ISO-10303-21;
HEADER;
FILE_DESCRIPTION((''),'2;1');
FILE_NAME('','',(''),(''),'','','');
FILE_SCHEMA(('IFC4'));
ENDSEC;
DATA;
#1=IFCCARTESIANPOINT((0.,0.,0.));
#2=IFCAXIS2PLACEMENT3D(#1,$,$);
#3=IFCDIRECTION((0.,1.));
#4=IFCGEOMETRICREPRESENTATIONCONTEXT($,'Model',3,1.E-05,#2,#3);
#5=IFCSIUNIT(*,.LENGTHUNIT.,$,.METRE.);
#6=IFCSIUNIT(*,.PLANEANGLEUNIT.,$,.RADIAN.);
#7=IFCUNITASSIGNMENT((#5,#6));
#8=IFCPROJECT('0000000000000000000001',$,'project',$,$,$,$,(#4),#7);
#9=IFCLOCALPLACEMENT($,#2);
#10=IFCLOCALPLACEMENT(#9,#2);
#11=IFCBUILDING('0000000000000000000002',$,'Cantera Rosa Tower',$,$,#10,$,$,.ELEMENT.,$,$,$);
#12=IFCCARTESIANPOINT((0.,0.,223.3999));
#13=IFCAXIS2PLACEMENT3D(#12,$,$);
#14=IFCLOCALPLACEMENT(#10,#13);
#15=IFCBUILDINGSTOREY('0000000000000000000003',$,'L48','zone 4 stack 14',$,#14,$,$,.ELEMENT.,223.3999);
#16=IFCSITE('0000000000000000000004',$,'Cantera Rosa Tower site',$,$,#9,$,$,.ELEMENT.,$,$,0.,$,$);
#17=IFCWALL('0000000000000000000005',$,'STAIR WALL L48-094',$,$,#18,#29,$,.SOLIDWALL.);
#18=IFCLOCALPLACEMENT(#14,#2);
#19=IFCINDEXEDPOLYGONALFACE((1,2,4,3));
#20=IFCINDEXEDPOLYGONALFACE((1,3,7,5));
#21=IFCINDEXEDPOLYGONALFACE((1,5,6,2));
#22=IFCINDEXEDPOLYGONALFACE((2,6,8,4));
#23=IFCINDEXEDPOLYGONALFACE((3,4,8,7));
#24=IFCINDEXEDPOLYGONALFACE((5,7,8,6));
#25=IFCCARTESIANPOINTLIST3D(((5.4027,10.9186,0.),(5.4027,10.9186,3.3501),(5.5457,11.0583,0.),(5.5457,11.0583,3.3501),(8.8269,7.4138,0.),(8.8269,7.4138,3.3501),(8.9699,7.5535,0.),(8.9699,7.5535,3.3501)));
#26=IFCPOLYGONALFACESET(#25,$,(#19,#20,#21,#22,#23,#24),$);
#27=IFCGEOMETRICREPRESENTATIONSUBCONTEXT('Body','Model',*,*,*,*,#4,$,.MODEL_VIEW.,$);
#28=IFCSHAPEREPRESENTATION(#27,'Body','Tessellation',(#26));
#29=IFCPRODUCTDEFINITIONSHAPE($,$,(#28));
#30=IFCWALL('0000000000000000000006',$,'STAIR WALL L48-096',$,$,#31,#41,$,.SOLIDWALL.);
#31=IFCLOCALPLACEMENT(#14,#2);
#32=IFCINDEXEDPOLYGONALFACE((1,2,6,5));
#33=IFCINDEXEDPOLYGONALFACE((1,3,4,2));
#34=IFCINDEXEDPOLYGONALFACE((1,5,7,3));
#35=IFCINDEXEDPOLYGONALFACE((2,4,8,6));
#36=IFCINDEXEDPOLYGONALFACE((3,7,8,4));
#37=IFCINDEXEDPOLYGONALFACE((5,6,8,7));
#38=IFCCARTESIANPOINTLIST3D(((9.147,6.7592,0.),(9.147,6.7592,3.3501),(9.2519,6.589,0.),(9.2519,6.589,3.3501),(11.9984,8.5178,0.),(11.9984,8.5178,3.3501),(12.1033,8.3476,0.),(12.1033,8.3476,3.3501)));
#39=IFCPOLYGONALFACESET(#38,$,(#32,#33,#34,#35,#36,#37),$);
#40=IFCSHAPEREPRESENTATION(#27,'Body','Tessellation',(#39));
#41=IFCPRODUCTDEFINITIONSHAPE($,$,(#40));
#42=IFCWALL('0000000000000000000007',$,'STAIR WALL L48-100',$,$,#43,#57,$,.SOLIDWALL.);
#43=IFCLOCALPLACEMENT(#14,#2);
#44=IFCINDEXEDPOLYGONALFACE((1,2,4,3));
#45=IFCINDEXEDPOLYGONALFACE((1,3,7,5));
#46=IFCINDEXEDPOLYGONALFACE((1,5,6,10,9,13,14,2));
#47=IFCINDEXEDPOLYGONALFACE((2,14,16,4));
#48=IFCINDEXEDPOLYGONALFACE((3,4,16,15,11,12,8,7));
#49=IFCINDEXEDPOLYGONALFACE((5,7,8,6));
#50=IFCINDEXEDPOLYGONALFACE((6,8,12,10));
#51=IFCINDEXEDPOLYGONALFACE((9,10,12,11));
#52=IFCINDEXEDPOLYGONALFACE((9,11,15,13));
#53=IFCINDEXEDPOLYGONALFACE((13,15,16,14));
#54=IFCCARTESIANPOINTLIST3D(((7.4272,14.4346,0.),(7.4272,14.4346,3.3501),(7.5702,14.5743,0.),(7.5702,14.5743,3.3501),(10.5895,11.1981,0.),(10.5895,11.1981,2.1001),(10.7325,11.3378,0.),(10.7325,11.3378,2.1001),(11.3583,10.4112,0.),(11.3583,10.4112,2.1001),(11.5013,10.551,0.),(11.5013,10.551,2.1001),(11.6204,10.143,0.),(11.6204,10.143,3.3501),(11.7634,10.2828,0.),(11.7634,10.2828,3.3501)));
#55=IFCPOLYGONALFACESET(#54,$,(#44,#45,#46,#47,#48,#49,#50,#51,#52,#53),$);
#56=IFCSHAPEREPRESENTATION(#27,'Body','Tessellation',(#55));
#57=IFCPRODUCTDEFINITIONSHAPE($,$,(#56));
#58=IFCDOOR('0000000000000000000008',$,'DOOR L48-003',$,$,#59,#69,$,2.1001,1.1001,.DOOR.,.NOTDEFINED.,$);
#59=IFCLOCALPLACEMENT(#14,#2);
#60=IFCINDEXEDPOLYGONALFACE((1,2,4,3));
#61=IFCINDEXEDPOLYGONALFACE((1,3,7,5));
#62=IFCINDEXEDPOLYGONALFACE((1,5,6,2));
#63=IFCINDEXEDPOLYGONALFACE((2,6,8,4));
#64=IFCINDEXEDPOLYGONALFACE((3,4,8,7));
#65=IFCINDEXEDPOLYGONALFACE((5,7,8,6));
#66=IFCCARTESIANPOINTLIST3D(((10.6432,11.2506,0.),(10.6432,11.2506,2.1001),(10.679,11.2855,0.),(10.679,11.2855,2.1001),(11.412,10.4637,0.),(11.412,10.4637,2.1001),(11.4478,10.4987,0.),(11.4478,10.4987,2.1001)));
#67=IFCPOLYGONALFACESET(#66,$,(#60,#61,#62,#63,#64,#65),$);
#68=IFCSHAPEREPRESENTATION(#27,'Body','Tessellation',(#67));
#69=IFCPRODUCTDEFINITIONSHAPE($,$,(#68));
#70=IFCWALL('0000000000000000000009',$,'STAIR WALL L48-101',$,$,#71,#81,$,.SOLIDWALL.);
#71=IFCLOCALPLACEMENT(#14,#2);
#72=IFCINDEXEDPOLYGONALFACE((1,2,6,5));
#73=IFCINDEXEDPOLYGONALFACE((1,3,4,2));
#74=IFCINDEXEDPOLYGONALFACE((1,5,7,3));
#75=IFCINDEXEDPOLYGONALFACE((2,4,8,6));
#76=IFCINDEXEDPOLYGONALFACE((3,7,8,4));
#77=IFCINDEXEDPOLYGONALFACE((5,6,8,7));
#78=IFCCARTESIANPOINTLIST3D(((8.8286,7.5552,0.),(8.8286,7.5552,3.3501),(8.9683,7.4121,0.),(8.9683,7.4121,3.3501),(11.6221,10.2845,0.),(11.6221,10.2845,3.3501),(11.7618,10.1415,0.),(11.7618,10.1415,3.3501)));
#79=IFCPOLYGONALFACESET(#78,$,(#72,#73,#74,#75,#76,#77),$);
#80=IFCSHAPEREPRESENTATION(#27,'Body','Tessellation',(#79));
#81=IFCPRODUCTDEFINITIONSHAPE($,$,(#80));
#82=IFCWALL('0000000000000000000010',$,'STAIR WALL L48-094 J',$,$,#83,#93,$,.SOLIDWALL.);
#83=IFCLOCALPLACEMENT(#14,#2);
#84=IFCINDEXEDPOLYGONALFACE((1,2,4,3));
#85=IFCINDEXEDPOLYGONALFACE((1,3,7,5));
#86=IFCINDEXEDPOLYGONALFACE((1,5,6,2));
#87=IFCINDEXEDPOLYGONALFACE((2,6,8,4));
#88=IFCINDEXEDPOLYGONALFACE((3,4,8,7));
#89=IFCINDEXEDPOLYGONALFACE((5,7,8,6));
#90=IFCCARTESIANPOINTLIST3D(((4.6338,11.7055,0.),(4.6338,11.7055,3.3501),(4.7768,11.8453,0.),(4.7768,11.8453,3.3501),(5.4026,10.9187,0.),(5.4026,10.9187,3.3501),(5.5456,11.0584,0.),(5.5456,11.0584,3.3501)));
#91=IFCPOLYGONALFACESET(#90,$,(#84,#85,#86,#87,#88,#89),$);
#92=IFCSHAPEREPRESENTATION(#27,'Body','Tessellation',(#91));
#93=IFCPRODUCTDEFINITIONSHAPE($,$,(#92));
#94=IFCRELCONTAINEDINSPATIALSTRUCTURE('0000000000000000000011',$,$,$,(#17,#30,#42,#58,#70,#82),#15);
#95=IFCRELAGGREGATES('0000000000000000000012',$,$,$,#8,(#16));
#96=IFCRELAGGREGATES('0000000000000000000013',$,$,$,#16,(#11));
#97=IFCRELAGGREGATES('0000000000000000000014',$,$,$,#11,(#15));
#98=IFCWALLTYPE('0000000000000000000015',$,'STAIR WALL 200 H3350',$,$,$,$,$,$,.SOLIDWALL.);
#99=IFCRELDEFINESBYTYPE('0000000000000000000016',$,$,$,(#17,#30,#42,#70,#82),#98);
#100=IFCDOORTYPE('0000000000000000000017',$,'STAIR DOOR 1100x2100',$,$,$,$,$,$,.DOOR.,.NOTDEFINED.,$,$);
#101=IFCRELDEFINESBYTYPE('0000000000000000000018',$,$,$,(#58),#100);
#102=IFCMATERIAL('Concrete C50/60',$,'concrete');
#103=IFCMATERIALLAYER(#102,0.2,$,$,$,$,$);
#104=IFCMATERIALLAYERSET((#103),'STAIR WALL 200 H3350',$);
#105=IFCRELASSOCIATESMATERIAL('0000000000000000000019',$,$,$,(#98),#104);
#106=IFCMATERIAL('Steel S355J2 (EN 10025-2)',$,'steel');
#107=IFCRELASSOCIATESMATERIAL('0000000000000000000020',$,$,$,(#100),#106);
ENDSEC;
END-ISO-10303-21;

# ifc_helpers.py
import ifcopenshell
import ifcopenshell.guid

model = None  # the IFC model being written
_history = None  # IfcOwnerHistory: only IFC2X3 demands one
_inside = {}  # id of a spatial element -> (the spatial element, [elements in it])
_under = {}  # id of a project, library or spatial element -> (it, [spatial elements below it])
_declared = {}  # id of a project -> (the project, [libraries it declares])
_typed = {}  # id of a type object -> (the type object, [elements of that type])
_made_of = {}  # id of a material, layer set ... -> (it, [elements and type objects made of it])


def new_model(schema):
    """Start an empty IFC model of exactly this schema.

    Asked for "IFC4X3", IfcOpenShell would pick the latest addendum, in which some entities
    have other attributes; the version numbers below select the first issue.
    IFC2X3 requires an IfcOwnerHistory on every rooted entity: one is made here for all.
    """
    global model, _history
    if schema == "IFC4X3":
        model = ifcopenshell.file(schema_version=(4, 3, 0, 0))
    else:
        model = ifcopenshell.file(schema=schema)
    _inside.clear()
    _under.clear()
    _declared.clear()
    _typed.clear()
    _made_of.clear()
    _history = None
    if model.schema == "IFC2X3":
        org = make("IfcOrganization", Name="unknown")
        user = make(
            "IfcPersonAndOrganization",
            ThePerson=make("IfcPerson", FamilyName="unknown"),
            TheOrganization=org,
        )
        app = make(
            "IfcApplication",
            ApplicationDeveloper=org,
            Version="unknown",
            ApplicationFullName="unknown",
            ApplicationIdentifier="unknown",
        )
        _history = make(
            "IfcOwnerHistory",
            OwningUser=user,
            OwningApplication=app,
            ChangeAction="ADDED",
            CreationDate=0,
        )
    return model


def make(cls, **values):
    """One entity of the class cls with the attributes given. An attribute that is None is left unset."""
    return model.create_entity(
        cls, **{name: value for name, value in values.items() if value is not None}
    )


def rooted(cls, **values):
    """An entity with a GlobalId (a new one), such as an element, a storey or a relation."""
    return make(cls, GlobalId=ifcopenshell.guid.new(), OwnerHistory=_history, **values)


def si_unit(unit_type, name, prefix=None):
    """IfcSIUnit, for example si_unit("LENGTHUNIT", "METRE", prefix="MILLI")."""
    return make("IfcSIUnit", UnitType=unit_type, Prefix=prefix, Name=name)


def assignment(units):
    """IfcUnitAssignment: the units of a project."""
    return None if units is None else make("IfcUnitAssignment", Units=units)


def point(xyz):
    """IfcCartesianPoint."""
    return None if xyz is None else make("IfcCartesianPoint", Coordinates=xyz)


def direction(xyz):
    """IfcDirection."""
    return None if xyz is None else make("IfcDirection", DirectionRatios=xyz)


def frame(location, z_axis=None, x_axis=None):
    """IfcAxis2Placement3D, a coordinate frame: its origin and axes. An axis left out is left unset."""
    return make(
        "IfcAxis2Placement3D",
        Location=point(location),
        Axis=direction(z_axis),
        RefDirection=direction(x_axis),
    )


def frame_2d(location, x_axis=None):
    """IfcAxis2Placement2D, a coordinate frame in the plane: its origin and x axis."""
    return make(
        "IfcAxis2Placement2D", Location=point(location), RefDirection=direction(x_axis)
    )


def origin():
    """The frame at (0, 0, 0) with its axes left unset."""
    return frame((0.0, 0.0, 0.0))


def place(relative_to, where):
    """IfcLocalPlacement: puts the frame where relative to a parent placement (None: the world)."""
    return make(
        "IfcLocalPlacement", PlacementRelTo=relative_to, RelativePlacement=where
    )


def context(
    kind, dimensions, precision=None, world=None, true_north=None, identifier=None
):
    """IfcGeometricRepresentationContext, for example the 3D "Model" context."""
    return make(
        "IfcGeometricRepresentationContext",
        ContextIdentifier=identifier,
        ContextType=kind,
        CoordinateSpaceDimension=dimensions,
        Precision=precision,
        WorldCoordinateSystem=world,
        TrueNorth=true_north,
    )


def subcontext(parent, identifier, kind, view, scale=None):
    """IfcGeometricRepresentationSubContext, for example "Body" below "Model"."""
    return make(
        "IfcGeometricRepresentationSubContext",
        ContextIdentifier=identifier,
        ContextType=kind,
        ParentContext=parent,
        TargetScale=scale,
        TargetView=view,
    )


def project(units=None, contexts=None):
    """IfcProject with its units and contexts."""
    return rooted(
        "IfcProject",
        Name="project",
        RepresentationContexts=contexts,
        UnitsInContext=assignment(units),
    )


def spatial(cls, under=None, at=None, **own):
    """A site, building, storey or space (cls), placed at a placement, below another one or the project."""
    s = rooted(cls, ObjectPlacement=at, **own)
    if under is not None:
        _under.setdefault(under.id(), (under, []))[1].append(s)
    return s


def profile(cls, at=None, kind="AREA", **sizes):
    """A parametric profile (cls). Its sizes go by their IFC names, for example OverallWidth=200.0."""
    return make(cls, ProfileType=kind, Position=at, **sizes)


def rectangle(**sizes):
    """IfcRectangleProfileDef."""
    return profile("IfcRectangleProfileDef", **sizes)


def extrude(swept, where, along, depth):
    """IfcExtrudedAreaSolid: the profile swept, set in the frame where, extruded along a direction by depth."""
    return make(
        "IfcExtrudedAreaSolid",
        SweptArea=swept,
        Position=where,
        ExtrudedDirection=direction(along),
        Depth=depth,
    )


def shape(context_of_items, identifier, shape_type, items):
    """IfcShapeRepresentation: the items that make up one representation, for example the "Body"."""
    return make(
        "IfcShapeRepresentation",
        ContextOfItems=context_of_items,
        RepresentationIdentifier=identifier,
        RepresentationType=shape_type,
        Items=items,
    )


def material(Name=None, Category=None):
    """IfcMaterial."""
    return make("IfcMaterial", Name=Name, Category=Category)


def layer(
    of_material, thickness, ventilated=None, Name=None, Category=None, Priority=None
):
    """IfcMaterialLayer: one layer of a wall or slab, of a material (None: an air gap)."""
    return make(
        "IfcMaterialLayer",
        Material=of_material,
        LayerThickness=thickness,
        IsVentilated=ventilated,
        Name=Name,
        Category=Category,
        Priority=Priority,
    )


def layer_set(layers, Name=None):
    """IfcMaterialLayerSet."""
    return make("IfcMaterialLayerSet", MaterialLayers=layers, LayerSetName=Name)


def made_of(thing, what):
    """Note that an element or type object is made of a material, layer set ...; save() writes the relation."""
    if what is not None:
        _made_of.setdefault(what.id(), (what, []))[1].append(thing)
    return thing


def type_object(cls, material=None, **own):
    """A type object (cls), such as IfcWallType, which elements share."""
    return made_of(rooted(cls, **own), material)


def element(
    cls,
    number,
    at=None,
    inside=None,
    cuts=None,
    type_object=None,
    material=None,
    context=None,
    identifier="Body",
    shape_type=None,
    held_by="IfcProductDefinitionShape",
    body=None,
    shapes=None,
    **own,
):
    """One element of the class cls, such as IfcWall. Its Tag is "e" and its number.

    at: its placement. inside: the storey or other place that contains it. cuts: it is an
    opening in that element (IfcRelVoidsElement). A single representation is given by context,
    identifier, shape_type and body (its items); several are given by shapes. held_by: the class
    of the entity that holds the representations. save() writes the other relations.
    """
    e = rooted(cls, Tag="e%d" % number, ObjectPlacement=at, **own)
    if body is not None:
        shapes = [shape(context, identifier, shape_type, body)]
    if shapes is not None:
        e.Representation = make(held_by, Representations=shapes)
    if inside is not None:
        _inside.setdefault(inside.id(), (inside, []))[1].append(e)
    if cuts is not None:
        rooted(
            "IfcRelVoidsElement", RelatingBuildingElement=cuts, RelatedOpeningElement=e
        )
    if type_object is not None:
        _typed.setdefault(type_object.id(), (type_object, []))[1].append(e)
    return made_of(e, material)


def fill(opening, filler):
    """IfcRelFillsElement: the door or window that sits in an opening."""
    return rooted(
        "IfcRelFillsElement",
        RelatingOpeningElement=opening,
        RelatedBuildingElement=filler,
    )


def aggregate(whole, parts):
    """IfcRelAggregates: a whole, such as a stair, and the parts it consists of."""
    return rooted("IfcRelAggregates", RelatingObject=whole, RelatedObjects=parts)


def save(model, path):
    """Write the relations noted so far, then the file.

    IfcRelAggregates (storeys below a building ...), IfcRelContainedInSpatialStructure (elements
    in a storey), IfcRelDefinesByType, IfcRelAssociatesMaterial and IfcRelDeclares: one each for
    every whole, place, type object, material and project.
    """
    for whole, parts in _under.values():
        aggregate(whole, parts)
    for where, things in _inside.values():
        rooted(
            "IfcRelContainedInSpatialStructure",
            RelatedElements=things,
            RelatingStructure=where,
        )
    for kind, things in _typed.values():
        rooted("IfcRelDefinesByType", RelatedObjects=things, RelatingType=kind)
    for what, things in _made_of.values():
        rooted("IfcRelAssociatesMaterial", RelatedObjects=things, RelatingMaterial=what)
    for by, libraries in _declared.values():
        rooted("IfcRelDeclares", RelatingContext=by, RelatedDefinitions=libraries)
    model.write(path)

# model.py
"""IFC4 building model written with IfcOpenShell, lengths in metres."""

from ifc_helpers import new_model, si_unit, direction, frame, frame_2d, origin, place, context, subcontext, project, spatial, rectangle, extrude, material, layer, layer_set, type_object, element, fill, save


model = new_model("IFC4")

# Units and contexts
model_context = context("Model", 3, precision=1e-05, world=origin(), true_north=direction((0.0, 1.0)))
body_context = subcontext(model_context, "Body", "Model", "MODEL_VIEW")
ifc_project = project(units=[si_unit("LENGTHUNIT", "METRE"), si_unit("PLANEANGLEUNIT", "RADIAN")], contexts=[model_context])

# Site, building, storey
site_placement = place(None, origin())
site = spatial("IfcSite", under=ifc_project, at=site_placement, Name="Cantera Rosa Tower site", CompositionType="ELEMENT", RefElevation=0.0)
building_placement = place(site_placement, origin())
building = spatial("IfcBuilding", under=site, at=building_placement, Name="Cantera Rosa Tower", CompositionType="ELEMENT")
storey_placement = place(building_placement, frame((0.0, 0.0, 223.3999)))
storey = spatial("IfcBuildingStorey", under=building, at=storey_placement, Name="L48", Description="zone 4 stack 14", CompositionType="ELEMENT", Elevation=223.3999)

# Walls
ifc_material_1 = material(Name="Concrete C50/60", Category="concrete")
ifc_layer_1 = layer(ifc_material_1, 0.2)
ifc_layer_set_1 = layer_set([ifc_layer_1], Name="STAIR WALL 200 H3350")
wall_type_1 = type_object("IfcWallType", Name="STAIR WALL 200 H3350", PredefinedType="SOLIDWALL", material=ifc_layer_set_1)
wall_1_placement = place(storey_placement, frame((8.8984, 7.4836, 0.0), z_axis=(0.0, 0.0, 1.0), x_axis=(-0.698838, 0.71528, 0.0)))
element("IfcWall", 1, at=wall_1_placement, inside=storey, type_object=wall_type_1, Name="STAIR WALL L48-094", PredefinedType="SOLIDWALL", context=body_context, shape_type="SweptSolid", body=[
    extrude(rectangle(XDim=4.8999, YDim=0.2, at=frame_2d((2.45, 0.0))), origin(), (0.0, 0.0, 1.0), 3.3501),
])
wall_2_placement = place(storey_placement, frame((9.1995, 6.6741, 0.0), z_axis=(0.0, 0.0, 1.0), x_axis=(0.85114, 0.524939, 0.0)))
element("IfcWall", 2, at=wall_2_placement, inside=storey, type_object=wall_type_1, Name="STAIR WALL L48-096", PredefinedType="SOLIDWALL", context=body_context, shape_type="SweptSolid", body=[
    extrude(rectangle(XDim=3.3501, YDim=0.2, at=frame_2d((1.675, 0.0))), origin(), (0.0, 0.0, 1.0), 3.3501),
])

# Wall, opening, door
wall_3_placement = place(storey_placement, frame((11.6919, 10.2129, 0.0), z_axis=(0.0, 0.0, 1.0), x_axis=(-0.69886, 0.715258, 0.0)))
wall_3 = element("IfcWall", 3, at=wall_3_placement, inside=storey, type_object=wall_type_1, Name="STAIR WALL L48-100", PredefinedType="SOLIDWALL", context=body_context, shape_type="SweptSolid", body=[
    extrude(rectangle(XDim=6.0, YDim=0.2, at=frame_2d((3.0, 0.0))), origin(), (0.0, 0.0, 1.0), 3.3501),
])
opening_1_placement = place(wall_3_placement, frame((0.375, 0.0, 0.0)))
opening_1 = element("IfcOpeningElement", 4, at=opening_1_placement, cuts=wall_3, PredefinedType="OPENING", context=body_context, shape_type="SweptSolid", body=[
    extrude(rectangle(XDim=1.1001, YDim=2.1001, at=frame_2d((0.55, 1.05))), frame((0.0, 0.1099, 0.0), z_axis=(0.0, -1.0, 0.0), x_axis=(1.0, 0.0, 0.0)), (0.0, 0.0, 1.0), 0.22),
])
ifc_material_2 = material(Name="Steel S355J2 (EN 10025-2)", Category="steel")
door_type_1 = type_object("IfcDoorType", Name="STAIR DOOR 1100x2100", OperationType="NOTDEFINED", PredefinedType="DOOR", material=ifc_material_2)
door_1_placement = place(opening_1_placement, origin())
door_1 = element("IfcDoor", 5, at=door_1_placement, inside=storey, type_object=door_type_1, Name="DOOR L48-003", OperationType="NOTDEFINED", OverallHeight=2.1001, OverallWidth=1.1001, PredefinedType="DOOR", context=body_context, shape_type="SweptSolid", body=[
    extrude(rectangle(XDim=1.1001, YDim=2.1001, at=frame_2d((0.55, 1.05))), frame((0.0, 0.0249, 0.0), z_axis=(0.0, -1.0, 0.0), x_axis=(1.0, 0.0, 0.0)), (0.0, 0.0, 1.0), 0.05),
])
fill(opening_1, door_1)

# Walls
wall_4_placement = place(storey_placement, frame((11.6919, 10.2129, 0.0), z_axis=(0.0, 0.0, 1.0), x_axis=(-0.71528, -0.698838, 0.0)))
element("IfcWall", 6, at=wall_4_placement, inside=storey, type_object=wall_type_1, Name="STAIR WALL L48-101", PredefinedType="SOLIDWALL", context=body_context, shape_type="SweptSolid", body=[
    extrude(rectangle(XDim=3.9055, YDim=0.2, at=frame_2d((1.9526, 0.0))), origin(), (0.0, 0.0, 1.0), 3.3501),
])
wall_5_placement = place(storey_placement, frame((5.4741, 10.9885, 0.0), z_axis=(0.0, 0.0, 1.0), x_axis=(-0.698848, 0.71527, 0.0)))
element("IfcWall", 7, at=wall_5_placement, inside=storey, type_object=wall_type_1, Name="STAIR WALL L48-094 J", PredefinedType="SOLIDWALL", context=body_context, shape_type="SweptSolid", body=[
    extrude(rectangle(XDim=1.1001, YDim=0.2, at=frame_2d((0.55, 0.0))), origin(), (0.0, 0.0, 1.0), 3.3501),
])

save(model, "model.ifc")
